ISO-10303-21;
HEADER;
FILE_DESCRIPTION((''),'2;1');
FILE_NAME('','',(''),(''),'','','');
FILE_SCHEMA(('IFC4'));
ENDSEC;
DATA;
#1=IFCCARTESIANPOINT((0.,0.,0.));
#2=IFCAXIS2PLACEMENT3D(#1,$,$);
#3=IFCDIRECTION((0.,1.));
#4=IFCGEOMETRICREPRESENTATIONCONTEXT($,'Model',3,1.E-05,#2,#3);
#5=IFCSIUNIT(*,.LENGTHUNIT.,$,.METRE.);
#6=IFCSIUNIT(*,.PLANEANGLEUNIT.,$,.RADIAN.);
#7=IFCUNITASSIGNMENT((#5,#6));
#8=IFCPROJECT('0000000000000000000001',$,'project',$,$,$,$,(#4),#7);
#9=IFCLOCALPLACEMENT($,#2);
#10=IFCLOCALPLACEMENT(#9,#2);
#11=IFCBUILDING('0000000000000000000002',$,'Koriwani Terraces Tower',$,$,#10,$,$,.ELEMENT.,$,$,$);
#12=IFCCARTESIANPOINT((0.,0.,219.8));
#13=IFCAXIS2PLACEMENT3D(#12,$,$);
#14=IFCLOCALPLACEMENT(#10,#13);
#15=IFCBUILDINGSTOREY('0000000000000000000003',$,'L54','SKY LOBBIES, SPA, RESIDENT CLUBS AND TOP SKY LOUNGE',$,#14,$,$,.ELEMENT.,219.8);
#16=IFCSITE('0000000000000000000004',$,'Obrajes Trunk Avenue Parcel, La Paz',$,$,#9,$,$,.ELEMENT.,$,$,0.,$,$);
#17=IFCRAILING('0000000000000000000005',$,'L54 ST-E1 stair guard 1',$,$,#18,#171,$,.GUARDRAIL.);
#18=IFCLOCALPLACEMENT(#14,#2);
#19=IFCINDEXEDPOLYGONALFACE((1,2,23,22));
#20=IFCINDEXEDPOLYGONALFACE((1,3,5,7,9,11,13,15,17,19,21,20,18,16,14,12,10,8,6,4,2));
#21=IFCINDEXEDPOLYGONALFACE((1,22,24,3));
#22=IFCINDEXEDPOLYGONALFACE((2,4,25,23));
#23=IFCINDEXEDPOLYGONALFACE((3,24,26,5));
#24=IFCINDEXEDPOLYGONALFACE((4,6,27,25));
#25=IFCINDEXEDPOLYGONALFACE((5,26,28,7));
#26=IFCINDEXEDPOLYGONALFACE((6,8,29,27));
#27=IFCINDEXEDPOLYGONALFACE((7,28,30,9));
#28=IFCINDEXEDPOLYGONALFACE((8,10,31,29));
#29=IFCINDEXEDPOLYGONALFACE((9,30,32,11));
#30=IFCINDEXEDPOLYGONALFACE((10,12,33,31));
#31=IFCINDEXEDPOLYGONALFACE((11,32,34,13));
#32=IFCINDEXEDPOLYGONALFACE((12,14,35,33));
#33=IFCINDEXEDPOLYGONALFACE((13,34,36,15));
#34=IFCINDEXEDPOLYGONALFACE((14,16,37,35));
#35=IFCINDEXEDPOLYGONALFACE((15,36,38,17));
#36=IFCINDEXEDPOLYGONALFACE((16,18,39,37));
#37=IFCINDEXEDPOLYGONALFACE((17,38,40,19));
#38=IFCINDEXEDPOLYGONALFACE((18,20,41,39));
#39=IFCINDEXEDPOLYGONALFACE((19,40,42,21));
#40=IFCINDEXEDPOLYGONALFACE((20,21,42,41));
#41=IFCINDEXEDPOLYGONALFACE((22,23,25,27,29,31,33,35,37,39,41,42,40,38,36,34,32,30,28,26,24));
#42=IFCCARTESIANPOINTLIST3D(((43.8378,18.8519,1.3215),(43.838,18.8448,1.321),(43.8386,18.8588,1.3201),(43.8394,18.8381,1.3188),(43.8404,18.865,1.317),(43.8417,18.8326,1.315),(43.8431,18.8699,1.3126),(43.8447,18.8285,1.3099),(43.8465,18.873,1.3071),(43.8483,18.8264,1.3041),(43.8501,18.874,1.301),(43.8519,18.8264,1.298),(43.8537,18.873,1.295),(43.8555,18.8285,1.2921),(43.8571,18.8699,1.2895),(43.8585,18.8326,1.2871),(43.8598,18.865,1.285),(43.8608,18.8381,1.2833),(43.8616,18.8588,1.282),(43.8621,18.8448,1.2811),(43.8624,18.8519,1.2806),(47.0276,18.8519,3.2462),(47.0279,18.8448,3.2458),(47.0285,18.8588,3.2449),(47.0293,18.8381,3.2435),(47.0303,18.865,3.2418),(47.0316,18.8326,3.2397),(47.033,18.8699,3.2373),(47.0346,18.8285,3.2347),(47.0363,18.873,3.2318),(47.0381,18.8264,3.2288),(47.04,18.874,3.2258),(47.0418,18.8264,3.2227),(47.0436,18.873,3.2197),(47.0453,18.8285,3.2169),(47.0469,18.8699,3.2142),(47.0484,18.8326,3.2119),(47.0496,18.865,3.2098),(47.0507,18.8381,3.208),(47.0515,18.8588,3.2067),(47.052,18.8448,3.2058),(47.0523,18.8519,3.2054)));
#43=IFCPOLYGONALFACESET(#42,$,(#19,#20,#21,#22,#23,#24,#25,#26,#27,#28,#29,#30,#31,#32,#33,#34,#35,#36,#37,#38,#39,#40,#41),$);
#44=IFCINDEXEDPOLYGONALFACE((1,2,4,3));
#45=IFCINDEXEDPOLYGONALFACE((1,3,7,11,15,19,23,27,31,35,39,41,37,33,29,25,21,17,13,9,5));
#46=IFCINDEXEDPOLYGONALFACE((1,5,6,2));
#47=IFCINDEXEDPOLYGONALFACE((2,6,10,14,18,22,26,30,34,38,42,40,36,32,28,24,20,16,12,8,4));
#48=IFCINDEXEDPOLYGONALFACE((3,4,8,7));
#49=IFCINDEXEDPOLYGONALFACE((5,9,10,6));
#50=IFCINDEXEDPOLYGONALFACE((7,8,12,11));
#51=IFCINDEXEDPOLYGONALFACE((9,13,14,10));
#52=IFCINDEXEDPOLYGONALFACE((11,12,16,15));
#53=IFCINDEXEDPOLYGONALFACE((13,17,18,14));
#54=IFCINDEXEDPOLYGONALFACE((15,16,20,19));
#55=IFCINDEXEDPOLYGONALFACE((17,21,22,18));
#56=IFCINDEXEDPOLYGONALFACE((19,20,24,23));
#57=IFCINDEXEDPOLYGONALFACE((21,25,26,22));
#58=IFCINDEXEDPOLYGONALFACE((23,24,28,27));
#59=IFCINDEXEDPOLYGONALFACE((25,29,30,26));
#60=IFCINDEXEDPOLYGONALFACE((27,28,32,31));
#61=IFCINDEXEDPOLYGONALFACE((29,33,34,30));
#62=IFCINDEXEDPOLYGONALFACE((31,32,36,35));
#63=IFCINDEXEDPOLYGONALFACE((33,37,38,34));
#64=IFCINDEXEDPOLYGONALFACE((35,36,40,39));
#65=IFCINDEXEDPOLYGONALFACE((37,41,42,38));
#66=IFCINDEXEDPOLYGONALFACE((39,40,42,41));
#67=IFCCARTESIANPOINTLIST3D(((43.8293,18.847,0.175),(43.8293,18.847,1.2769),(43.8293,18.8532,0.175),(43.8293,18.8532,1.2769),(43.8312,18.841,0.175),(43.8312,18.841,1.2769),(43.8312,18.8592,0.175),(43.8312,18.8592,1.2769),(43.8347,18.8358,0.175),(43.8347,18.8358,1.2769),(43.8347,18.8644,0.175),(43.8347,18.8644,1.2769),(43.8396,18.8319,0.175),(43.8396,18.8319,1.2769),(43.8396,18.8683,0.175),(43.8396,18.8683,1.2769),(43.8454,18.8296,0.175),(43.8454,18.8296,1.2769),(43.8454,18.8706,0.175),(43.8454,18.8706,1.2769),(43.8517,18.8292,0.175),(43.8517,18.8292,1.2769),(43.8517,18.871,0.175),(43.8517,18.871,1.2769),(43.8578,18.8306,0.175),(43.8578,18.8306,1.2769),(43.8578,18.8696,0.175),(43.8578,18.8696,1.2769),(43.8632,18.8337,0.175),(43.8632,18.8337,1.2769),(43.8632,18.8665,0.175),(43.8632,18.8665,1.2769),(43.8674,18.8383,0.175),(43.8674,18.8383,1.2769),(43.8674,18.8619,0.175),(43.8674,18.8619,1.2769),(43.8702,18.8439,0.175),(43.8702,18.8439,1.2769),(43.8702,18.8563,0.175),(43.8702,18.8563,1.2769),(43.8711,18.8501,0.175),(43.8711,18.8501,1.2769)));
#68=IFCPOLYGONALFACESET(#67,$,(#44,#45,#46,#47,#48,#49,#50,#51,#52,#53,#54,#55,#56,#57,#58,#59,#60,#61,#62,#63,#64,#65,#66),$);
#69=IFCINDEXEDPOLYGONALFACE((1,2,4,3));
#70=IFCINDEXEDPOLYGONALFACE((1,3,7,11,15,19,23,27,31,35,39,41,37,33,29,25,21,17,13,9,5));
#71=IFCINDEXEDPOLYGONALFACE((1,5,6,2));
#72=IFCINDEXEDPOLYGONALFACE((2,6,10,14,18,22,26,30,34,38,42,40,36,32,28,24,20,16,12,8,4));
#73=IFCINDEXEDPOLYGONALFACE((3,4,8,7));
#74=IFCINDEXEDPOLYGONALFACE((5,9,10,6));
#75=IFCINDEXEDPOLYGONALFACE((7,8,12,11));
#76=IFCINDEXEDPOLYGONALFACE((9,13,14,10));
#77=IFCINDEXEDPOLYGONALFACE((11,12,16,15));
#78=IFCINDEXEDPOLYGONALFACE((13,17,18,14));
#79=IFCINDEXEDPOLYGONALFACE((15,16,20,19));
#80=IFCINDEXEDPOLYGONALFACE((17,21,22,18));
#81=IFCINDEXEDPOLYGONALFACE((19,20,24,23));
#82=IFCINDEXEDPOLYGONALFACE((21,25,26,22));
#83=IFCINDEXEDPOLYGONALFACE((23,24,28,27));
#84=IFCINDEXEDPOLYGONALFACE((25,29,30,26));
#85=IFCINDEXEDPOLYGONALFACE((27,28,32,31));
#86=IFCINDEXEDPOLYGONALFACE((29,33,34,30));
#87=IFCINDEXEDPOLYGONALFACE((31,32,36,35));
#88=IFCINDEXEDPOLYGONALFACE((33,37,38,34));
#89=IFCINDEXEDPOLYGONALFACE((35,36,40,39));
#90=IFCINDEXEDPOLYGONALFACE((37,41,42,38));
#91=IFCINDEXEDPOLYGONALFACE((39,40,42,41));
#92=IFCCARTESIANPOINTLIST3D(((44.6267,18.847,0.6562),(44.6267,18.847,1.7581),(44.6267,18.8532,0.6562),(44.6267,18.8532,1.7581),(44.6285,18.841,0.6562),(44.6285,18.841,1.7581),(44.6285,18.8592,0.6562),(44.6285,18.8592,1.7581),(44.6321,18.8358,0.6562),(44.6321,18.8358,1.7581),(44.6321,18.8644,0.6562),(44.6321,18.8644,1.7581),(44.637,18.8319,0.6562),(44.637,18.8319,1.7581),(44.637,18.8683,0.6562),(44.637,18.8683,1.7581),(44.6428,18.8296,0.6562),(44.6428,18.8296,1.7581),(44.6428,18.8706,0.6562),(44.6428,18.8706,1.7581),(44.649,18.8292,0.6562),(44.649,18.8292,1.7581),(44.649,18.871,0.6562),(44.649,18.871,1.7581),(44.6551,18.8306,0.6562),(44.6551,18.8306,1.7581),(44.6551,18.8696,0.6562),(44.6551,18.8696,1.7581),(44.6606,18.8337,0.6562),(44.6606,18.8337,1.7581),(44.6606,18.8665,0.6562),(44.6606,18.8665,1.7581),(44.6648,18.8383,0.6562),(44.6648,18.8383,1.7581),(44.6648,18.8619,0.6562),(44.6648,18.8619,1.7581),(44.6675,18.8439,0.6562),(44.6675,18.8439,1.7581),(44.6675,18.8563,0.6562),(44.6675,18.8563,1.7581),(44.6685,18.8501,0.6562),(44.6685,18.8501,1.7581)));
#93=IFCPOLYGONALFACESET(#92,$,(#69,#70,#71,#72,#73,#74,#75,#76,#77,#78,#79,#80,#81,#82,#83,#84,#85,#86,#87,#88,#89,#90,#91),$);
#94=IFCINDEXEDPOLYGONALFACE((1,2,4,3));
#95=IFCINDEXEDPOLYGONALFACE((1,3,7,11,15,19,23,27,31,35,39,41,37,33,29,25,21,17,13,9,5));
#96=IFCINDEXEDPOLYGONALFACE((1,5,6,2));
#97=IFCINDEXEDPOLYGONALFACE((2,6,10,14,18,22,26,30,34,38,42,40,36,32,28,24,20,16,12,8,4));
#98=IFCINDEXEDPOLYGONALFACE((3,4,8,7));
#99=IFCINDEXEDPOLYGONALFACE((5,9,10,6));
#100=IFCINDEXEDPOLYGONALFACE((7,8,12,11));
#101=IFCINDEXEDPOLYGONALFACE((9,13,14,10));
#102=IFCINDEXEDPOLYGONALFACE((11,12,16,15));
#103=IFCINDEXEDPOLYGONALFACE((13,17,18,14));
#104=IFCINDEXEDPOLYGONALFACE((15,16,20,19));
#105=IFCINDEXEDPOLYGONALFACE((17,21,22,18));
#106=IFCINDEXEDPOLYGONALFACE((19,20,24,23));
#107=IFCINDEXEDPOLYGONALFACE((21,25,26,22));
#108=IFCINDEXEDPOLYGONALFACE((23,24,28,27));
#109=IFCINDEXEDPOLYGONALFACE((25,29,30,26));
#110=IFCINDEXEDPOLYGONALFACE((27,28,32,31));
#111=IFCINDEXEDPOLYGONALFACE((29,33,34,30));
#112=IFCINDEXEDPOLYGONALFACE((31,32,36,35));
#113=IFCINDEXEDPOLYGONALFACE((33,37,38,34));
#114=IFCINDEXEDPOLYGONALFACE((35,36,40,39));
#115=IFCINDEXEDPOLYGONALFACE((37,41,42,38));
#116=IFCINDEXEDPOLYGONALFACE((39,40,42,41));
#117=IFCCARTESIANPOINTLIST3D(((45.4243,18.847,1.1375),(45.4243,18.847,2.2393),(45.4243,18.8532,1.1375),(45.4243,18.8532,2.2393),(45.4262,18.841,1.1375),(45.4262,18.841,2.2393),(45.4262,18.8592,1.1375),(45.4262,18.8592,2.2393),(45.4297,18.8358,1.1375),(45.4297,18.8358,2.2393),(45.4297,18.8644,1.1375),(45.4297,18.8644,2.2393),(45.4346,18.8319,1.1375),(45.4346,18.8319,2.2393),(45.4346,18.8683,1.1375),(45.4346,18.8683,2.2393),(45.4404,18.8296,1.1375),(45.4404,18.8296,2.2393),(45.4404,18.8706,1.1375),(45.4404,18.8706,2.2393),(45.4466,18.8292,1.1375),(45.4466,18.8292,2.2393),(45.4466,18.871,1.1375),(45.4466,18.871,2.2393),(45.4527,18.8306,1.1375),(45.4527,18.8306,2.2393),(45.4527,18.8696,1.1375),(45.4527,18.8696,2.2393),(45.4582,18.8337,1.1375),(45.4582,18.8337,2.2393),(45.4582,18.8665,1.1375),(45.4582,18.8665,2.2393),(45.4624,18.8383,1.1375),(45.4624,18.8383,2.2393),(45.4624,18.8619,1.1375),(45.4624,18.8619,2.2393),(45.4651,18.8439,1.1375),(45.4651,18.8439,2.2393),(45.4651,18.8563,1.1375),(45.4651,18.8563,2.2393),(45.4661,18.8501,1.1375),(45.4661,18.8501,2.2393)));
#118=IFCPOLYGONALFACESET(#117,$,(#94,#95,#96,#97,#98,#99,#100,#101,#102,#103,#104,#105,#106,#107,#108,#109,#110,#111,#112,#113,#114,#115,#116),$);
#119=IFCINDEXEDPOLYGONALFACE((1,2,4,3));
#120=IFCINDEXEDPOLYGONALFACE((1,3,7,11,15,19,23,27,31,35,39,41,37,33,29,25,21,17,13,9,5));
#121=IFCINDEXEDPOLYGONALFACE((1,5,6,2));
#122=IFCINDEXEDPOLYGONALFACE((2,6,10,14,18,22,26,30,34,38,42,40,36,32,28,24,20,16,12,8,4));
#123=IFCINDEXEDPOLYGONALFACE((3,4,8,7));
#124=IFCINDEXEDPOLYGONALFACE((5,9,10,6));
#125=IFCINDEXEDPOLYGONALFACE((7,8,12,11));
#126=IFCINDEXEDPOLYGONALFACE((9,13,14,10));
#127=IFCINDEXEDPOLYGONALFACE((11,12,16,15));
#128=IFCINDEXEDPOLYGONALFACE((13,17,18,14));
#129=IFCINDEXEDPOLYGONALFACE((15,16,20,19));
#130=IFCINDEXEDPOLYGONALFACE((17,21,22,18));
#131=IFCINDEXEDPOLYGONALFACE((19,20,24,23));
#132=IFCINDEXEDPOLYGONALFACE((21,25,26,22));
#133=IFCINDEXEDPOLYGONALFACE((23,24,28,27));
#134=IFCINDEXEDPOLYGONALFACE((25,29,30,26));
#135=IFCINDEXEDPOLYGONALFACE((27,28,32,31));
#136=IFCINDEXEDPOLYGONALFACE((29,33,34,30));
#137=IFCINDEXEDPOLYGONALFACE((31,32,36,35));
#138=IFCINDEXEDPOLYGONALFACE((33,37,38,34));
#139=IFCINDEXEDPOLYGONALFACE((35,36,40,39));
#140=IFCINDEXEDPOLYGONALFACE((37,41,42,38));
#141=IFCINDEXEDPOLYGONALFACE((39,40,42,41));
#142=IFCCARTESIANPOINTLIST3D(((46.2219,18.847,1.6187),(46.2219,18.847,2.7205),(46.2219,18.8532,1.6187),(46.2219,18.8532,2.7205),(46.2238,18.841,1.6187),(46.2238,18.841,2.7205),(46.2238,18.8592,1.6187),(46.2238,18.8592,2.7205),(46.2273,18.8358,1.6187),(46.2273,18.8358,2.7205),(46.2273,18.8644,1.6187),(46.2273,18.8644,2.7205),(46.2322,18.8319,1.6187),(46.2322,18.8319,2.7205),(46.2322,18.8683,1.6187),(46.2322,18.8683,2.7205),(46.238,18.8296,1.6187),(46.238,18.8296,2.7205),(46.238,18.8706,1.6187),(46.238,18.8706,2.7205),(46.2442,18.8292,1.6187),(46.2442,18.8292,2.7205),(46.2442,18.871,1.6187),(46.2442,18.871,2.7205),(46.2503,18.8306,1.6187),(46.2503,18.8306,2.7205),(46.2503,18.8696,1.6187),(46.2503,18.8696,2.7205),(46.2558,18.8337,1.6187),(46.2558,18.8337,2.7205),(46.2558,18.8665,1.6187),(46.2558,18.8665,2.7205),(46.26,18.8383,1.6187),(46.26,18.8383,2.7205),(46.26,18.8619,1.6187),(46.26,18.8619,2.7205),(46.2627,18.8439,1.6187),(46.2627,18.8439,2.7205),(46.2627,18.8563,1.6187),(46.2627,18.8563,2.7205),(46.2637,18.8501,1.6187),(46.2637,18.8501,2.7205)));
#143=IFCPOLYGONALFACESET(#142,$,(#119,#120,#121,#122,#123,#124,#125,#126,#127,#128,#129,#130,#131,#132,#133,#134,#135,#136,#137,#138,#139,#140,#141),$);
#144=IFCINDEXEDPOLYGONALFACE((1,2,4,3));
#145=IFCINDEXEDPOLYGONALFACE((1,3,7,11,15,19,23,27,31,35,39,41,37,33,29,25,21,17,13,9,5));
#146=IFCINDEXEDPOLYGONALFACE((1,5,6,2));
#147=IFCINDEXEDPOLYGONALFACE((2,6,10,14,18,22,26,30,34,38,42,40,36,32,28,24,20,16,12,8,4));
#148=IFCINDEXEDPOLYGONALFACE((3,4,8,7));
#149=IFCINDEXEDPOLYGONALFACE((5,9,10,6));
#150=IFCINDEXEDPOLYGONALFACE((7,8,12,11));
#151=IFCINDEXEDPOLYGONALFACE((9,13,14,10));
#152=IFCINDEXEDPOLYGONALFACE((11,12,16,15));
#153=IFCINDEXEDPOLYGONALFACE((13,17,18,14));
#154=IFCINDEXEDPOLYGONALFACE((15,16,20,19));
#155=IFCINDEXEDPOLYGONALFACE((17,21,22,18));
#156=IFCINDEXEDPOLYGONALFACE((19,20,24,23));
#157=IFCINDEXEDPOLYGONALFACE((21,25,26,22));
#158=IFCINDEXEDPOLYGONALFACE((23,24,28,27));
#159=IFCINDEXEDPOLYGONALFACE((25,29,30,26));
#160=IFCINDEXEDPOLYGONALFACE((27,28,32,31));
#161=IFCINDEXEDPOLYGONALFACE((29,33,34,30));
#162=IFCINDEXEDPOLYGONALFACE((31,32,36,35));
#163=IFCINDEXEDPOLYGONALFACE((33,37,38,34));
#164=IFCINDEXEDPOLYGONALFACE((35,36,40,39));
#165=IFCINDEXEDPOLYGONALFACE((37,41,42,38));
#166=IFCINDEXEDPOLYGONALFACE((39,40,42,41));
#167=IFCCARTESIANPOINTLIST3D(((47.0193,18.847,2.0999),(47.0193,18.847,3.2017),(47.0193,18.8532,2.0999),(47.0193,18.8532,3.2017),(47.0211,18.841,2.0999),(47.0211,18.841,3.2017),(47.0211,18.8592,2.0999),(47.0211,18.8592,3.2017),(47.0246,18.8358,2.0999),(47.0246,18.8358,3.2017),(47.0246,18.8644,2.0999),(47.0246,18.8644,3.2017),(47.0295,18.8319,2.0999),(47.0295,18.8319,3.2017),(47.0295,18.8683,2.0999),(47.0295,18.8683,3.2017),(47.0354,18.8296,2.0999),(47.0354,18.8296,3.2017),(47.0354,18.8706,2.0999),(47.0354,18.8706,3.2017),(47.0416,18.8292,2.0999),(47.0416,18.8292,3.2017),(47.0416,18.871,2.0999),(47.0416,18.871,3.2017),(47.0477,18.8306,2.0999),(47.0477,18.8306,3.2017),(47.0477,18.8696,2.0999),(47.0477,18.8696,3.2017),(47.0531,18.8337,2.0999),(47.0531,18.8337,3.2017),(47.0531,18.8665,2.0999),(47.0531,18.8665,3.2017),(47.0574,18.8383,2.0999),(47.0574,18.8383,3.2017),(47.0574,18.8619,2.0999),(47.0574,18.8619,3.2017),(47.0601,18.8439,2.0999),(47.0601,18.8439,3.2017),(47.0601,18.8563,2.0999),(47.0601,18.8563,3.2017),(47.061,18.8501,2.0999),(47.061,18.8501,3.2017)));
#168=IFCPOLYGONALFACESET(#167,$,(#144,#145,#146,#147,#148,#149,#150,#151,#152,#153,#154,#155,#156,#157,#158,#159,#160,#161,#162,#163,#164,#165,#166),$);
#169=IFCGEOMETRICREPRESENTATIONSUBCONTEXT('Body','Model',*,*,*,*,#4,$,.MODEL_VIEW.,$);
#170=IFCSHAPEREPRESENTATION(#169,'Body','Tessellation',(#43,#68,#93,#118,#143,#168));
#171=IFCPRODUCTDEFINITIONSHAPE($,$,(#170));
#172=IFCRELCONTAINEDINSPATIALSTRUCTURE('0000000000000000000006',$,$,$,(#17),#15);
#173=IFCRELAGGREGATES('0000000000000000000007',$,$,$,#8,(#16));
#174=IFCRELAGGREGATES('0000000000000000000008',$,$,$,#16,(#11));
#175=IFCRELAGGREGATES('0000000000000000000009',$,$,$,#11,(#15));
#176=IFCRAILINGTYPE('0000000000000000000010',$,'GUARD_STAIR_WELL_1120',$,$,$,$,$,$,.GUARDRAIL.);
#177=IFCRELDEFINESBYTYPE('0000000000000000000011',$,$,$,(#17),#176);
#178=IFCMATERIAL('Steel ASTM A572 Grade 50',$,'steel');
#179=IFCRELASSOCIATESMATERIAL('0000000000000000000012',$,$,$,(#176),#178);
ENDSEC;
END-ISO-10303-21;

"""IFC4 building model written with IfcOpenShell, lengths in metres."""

from ifc_helpers import new_model, si_unit, direction, frame, origin, origin_2d, place, context, subcontext, project, spatial, circle, extrude, material, type_object, element, save


model = new_model("IFC4")

# Units and contexts
model_context = context("Model", 3, precision=1e-05, world=origin(), true_north=direction((0.0, 1.0)))
body_context = subcontext(model_context, "Body", "Model", "MODEL_VIEW")
ifc_project = project(units=[si_unit("LENGTHUNIT", "METRE"), si_unit("PLANEANGLEUNIT", "RADIAN")], contexts=[model_context])

# Site, building, storey
site_placement = place(None, origin())
site = spatial("IfcSite", under=ifc_project, at=site_placement, Name="Obrajes Trunk Avenue Parcel, La Paz", CompositionType="ELEMENT", RefElevation=0.0)
building_placement = place(site_placement, origin())
building = spatial("IfcBuilding", under=site, at=building_placement, Name="Koriwani Terraces Tower", CompositionType="ELEMENT")
storey_placement = place(building_placement, frame((0.0, 0.0, 219.8)))
storey = spatial("IfcBuildingStorey", under=building, at=storey_placement, Name="L54", Description="SKY LOBBIES, SPA, RESIDENT CLUBS AND TOP SKY LOUNGE", CompositionType="ELEMENT", Elevation=219.8)

# Shared definitions
ifc_material_1 = material(Name="Steel ASTM A572 Grade 50", Category="steel")

# Railing
railing_type_1 = type_object("IfcRailingType", Name="GUARD_STAIR_WELL_1120", PredefinedType="GUARDRAIL", material=ifc_material_1)
railing_1_placement = place(storey_placement, frame((43.8501, 18.8501, 0.175)))
element("IfcRailing", 1, at=railing_1_placement, inside=storey, type_object=railing_type_1, Name="L54 ST-E1 stair guard 1", PredefinedType="GUARDRAIL", context=body_context, shape_type="SweptSolid", body=[
    extrude(circle(Radius=0.0239, at=origin_2d()), frame((0.0, 0.0, 1.126), z_axis=(0.856207, 0.0, 0.516633), x_axis=(0.0, 1.0, 0.0)), (0.0, 0.0, 1.0), 3.7256),
    extrude(circle(Radius=0.021, at=origin_2d()), origin(), (0.0, 0.0, 1.0), 1.1018),
    extrude(circle(Radius=0.021, at=origin_2d()), frame((0.7974, 0.0, 0.4812)), (0.0, 0.0, 1.0), 1.1018),
    extrude(circle(Radius=0.021, at=origin_2d()), frame((1.595, 0.0, 0.9624)), (0.0, 0.0, 1.0), 1.1018),
    extrude(circle(Radius=0.021, at=origin_2d()), frame((2.3926, 0.0, 1.4436)), (0.0, 0.0, 1.0), 1.1018),
    extrude(circle(Radius=0.021, at=origin_2d()), frame((3.1899, 0.0, 1.9248)), (0.0, 0.0, 1.0), 1.1018),
])

save(model, "model.ifc")
